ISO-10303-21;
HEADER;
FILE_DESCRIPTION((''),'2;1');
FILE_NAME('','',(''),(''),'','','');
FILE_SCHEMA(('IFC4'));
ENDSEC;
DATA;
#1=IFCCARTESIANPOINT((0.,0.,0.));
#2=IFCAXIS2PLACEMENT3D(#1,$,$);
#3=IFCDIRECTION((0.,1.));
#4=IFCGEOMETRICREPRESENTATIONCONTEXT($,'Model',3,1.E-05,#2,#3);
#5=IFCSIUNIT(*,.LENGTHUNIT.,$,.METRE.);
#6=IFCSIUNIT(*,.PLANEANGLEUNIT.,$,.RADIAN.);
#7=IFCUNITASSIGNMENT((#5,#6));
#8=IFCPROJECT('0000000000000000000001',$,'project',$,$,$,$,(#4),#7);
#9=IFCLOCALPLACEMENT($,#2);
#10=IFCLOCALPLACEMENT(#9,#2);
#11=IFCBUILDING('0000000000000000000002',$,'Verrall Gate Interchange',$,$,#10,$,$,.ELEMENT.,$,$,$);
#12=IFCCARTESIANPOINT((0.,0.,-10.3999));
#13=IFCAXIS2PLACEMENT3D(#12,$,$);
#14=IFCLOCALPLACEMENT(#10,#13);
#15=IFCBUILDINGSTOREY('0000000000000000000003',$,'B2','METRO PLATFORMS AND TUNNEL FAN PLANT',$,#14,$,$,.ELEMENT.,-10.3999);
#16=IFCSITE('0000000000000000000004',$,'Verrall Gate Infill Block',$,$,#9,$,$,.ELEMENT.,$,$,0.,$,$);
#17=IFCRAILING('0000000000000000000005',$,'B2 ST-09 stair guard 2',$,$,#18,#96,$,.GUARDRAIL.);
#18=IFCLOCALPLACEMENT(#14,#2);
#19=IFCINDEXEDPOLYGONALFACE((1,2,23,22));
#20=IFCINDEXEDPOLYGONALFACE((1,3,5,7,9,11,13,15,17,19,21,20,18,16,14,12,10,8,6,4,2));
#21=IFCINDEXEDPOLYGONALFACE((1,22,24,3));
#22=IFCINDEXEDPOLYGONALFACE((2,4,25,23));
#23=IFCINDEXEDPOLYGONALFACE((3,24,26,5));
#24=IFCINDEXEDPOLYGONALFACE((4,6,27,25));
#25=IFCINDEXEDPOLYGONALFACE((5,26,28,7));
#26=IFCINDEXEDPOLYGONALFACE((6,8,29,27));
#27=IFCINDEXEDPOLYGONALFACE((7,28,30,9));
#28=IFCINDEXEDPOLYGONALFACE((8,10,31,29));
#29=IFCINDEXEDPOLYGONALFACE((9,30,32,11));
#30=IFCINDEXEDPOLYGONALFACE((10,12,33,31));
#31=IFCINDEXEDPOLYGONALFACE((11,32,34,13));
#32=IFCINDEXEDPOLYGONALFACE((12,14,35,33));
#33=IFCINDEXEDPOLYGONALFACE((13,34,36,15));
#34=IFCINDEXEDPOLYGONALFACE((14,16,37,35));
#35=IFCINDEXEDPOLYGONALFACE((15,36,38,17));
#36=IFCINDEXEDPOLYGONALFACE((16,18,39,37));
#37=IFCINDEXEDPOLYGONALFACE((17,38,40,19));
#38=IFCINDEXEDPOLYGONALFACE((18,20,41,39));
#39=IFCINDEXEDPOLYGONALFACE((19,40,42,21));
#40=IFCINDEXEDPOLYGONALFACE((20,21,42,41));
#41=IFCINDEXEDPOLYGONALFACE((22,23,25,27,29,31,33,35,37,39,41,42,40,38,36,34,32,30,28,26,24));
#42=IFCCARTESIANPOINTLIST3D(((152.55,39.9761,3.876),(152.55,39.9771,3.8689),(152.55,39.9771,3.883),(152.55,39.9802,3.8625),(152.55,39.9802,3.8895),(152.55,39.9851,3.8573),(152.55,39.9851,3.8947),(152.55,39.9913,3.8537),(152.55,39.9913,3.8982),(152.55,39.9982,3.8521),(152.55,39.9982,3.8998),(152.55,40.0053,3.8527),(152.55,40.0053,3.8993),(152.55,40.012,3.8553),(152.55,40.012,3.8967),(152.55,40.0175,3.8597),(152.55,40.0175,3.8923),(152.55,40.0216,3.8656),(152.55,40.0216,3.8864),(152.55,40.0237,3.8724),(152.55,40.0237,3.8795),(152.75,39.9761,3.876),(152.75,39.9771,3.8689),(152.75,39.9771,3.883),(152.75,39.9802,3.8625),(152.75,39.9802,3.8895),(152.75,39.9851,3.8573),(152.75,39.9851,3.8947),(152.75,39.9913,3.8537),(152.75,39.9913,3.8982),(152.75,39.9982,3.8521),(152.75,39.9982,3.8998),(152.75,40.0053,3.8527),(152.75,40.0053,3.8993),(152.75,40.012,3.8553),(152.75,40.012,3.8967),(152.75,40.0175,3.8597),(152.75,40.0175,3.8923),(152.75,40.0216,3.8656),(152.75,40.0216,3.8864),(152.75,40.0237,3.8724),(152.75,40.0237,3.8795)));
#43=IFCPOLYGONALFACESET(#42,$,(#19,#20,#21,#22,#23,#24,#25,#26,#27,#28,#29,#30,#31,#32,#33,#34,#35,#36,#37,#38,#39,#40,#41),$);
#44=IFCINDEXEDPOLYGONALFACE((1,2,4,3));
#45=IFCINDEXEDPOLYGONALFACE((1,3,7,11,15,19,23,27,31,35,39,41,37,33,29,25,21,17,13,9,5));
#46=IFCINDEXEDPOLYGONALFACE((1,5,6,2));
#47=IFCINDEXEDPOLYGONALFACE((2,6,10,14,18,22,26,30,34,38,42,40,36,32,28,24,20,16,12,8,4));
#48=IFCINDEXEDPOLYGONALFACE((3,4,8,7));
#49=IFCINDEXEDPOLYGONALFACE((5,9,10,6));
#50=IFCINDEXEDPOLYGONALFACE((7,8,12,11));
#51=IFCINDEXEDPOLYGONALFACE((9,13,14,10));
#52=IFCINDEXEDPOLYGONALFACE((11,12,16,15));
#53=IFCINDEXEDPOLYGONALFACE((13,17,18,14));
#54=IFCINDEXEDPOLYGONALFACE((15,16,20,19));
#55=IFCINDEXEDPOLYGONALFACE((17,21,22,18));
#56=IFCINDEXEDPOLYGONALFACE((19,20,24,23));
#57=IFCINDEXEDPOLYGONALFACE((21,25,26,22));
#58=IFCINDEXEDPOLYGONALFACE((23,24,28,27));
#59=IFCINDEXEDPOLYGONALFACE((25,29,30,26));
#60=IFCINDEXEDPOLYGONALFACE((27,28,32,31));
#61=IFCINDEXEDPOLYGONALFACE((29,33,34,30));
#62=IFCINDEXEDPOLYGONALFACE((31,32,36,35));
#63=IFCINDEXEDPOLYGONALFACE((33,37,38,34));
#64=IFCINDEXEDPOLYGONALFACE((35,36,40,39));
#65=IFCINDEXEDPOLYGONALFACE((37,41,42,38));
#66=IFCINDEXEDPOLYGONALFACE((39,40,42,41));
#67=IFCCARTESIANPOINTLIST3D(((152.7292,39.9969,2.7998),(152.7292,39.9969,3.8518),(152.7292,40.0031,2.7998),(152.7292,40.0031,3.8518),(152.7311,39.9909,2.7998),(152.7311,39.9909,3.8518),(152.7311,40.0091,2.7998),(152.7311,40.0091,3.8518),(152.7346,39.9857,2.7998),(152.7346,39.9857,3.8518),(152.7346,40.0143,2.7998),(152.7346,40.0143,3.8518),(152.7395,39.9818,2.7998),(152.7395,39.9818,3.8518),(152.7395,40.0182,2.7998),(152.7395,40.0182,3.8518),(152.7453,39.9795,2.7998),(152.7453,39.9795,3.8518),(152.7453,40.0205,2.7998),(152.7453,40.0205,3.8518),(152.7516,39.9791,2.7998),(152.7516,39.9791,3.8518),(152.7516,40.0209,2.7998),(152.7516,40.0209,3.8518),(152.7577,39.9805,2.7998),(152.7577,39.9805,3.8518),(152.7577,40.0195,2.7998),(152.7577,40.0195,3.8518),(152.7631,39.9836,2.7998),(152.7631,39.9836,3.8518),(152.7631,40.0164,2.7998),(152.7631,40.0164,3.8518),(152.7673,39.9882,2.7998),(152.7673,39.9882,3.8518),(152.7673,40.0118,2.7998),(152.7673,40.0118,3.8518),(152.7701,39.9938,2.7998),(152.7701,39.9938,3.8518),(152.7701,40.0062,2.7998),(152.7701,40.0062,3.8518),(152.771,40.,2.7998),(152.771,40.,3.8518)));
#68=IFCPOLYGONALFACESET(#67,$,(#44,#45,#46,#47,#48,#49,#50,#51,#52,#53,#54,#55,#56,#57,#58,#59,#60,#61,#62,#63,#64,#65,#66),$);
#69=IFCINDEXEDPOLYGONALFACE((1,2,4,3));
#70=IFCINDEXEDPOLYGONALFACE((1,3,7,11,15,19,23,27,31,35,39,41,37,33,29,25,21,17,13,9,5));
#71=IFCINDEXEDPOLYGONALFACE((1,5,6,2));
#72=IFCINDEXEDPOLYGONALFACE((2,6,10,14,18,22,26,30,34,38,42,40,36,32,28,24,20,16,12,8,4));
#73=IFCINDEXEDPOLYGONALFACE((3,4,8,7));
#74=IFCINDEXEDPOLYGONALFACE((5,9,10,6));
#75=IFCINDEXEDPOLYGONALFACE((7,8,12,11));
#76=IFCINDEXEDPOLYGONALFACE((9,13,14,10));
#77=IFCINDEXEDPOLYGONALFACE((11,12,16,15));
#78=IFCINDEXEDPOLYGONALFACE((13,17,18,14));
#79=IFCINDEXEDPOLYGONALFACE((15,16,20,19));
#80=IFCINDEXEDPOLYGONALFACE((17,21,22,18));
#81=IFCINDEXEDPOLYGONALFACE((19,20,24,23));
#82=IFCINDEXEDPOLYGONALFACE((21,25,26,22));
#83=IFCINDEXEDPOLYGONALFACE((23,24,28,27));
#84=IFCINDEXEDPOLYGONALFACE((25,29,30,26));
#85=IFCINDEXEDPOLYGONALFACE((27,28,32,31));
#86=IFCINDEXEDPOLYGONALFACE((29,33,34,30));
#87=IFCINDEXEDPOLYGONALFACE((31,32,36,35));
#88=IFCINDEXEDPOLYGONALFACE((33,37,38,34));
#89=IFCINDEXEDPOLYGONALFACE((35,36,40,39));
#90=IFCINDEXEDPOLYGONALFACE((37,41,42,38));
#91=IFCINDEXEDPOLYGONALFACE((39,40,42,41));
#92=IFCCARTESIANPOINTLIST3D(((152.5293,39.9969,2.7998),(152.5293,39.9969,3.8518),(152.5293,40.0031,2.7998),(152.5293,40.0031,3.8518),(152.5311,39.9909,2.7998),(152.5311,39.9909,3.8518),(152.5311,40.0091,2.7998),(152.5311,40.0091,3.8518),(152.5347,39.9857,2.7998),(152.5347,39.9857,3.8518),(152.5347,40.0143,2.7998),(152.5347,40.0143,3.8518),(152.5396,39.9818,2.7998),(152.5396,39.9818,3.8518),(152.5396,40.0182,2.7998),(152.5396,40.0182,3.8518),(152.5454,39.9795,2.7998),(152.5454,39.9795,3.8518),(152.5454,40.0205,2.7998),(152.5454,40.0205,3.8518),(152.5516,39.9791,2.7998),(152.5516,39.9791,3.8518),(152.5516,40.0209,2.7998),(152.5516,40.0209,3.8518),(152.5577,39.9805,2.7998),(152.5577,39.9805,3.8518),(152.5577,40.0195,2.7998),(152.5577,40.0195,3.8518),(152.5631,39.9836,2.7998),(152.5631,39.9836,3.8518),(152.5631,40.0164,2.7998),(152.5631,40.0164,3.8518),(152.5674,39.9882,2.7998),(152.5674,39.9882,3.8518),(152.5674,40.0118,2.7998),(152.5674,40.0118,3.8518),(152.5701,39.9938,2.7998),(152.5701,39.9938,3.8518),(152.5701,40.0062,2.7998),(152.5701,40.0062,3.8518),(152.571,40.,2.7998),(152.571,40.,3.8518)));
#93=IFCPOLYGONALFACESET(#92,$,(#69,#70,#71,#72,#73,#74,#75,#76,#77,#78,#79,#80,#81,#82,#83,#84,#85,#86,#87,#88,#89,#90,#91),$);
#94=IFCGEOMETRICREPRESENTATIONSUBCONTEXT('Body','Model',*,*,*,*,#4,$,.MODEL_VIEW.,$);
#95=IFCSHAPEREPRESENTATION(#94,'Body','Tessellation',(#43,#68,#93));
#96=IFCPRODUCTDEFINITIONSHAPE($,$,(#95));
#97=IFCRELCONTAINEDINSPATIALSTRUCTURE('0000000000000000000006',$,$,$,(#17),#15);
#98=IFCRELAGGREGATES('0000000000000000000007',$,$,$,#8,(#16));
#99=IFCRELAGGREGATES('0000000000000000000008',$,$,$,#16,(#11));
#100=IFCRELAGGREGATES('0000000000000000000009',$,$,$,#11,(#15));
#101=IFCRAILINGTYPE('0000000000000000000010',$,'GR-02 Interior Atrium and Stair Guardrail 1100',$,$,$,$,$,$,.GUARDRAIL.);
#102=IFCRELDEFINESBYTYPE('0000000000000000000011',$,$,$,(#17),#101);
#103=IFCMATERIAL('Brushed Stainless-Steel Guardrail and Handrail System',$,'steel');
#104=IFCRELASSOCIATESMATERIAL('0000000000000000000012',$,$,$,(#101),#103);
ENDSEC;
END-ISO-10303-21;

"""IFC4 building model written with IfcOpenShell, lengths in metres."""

from ifc_helpers import new_model, si_unit, direction, frame, origin, origin_2d, place, context, subcontext, project, spatial, circle, extrude, material, type_object, element, save


model = new_model("IFC4")

# Units and contexts
model_context = context("Model", 3, precision=1e-05, world=origin(), true_north=direction((0.0, 1.0)))
body_context = subcontext(model_context, "Body", "Model", "MODEL_VIEW")
ifc_project = project(units=[si_unit("LENGTHUNIT", "METRE"), si_unit("PLANEANGLEUNIT", "RADIAN")], contexts=[model_context])

# Site, building, storey
site_placement = place(None, origin())
site = spatial("IfcSite", under=ifc_project, at=site_placement, Name="Verrall Gate Infill Block", CompositionType="ELEMENT", RefElevation=0.0)
building_placement = place(site_placement, origin())
building = spatial("IfcBuilding", under=site, at=building_placement, Name="Verrall Gate Interchange", CompositionType="ELEMENT")
storey_placement = place(building_placement, frame((0.0, 0.0, -10.3999)))
storey = spatial("IfcBuildingStorey", under=building, at=storey_placement, Name="B2", Description="METRO PLATFORMS AND TUNNEL FAN PLANT", CompositionType="ELEMENT", Elevation=-10.3999)

# Railing
ifc_material_1 = material(Name="Brushed Stainless-Steel Guardrail and Handrail System", Category="steel")
railing_type_1 = type_object("IfcRailingType", Name="GR-02 Interior Atrium and Stair Guardrail 1100", PredefinedType="GUARDRAIL", material=ifc_material_1)
railing_1_placement = place(storey_placement, frame((152.75, 40.0, 2.7998)))
element("IfcRailing", 1, at=railing_1_placement, inside=storey, type_object=railing_type_1, Name="B2 ST-09 stair guard 2", PredefinedType="GUARDRAIL", context=body_context, shape_type="SweptSolid", body=[
    extrude(circle(Radius=0.0239, at=origin_2d()), frame((0.0, 0.0, 1.0762), z_axis=(-1.0, 0.0, 0.0), x_axis=(0.0, -1.0, 0.0)), (0.0, 0.0, 1.0), 0.2),
    extrude(circle(Radius=0.021, at=origin_2d()), origin(), (0.0, 0.0, 1.0), 1.052),
    extrude(circle(Radius=0.021, at=origin_2d()), frame((-0.2, 0.0, 0.0)), (0.0, 0.0, 1.0), 1.052),
])

save(model, "model.ifc")
